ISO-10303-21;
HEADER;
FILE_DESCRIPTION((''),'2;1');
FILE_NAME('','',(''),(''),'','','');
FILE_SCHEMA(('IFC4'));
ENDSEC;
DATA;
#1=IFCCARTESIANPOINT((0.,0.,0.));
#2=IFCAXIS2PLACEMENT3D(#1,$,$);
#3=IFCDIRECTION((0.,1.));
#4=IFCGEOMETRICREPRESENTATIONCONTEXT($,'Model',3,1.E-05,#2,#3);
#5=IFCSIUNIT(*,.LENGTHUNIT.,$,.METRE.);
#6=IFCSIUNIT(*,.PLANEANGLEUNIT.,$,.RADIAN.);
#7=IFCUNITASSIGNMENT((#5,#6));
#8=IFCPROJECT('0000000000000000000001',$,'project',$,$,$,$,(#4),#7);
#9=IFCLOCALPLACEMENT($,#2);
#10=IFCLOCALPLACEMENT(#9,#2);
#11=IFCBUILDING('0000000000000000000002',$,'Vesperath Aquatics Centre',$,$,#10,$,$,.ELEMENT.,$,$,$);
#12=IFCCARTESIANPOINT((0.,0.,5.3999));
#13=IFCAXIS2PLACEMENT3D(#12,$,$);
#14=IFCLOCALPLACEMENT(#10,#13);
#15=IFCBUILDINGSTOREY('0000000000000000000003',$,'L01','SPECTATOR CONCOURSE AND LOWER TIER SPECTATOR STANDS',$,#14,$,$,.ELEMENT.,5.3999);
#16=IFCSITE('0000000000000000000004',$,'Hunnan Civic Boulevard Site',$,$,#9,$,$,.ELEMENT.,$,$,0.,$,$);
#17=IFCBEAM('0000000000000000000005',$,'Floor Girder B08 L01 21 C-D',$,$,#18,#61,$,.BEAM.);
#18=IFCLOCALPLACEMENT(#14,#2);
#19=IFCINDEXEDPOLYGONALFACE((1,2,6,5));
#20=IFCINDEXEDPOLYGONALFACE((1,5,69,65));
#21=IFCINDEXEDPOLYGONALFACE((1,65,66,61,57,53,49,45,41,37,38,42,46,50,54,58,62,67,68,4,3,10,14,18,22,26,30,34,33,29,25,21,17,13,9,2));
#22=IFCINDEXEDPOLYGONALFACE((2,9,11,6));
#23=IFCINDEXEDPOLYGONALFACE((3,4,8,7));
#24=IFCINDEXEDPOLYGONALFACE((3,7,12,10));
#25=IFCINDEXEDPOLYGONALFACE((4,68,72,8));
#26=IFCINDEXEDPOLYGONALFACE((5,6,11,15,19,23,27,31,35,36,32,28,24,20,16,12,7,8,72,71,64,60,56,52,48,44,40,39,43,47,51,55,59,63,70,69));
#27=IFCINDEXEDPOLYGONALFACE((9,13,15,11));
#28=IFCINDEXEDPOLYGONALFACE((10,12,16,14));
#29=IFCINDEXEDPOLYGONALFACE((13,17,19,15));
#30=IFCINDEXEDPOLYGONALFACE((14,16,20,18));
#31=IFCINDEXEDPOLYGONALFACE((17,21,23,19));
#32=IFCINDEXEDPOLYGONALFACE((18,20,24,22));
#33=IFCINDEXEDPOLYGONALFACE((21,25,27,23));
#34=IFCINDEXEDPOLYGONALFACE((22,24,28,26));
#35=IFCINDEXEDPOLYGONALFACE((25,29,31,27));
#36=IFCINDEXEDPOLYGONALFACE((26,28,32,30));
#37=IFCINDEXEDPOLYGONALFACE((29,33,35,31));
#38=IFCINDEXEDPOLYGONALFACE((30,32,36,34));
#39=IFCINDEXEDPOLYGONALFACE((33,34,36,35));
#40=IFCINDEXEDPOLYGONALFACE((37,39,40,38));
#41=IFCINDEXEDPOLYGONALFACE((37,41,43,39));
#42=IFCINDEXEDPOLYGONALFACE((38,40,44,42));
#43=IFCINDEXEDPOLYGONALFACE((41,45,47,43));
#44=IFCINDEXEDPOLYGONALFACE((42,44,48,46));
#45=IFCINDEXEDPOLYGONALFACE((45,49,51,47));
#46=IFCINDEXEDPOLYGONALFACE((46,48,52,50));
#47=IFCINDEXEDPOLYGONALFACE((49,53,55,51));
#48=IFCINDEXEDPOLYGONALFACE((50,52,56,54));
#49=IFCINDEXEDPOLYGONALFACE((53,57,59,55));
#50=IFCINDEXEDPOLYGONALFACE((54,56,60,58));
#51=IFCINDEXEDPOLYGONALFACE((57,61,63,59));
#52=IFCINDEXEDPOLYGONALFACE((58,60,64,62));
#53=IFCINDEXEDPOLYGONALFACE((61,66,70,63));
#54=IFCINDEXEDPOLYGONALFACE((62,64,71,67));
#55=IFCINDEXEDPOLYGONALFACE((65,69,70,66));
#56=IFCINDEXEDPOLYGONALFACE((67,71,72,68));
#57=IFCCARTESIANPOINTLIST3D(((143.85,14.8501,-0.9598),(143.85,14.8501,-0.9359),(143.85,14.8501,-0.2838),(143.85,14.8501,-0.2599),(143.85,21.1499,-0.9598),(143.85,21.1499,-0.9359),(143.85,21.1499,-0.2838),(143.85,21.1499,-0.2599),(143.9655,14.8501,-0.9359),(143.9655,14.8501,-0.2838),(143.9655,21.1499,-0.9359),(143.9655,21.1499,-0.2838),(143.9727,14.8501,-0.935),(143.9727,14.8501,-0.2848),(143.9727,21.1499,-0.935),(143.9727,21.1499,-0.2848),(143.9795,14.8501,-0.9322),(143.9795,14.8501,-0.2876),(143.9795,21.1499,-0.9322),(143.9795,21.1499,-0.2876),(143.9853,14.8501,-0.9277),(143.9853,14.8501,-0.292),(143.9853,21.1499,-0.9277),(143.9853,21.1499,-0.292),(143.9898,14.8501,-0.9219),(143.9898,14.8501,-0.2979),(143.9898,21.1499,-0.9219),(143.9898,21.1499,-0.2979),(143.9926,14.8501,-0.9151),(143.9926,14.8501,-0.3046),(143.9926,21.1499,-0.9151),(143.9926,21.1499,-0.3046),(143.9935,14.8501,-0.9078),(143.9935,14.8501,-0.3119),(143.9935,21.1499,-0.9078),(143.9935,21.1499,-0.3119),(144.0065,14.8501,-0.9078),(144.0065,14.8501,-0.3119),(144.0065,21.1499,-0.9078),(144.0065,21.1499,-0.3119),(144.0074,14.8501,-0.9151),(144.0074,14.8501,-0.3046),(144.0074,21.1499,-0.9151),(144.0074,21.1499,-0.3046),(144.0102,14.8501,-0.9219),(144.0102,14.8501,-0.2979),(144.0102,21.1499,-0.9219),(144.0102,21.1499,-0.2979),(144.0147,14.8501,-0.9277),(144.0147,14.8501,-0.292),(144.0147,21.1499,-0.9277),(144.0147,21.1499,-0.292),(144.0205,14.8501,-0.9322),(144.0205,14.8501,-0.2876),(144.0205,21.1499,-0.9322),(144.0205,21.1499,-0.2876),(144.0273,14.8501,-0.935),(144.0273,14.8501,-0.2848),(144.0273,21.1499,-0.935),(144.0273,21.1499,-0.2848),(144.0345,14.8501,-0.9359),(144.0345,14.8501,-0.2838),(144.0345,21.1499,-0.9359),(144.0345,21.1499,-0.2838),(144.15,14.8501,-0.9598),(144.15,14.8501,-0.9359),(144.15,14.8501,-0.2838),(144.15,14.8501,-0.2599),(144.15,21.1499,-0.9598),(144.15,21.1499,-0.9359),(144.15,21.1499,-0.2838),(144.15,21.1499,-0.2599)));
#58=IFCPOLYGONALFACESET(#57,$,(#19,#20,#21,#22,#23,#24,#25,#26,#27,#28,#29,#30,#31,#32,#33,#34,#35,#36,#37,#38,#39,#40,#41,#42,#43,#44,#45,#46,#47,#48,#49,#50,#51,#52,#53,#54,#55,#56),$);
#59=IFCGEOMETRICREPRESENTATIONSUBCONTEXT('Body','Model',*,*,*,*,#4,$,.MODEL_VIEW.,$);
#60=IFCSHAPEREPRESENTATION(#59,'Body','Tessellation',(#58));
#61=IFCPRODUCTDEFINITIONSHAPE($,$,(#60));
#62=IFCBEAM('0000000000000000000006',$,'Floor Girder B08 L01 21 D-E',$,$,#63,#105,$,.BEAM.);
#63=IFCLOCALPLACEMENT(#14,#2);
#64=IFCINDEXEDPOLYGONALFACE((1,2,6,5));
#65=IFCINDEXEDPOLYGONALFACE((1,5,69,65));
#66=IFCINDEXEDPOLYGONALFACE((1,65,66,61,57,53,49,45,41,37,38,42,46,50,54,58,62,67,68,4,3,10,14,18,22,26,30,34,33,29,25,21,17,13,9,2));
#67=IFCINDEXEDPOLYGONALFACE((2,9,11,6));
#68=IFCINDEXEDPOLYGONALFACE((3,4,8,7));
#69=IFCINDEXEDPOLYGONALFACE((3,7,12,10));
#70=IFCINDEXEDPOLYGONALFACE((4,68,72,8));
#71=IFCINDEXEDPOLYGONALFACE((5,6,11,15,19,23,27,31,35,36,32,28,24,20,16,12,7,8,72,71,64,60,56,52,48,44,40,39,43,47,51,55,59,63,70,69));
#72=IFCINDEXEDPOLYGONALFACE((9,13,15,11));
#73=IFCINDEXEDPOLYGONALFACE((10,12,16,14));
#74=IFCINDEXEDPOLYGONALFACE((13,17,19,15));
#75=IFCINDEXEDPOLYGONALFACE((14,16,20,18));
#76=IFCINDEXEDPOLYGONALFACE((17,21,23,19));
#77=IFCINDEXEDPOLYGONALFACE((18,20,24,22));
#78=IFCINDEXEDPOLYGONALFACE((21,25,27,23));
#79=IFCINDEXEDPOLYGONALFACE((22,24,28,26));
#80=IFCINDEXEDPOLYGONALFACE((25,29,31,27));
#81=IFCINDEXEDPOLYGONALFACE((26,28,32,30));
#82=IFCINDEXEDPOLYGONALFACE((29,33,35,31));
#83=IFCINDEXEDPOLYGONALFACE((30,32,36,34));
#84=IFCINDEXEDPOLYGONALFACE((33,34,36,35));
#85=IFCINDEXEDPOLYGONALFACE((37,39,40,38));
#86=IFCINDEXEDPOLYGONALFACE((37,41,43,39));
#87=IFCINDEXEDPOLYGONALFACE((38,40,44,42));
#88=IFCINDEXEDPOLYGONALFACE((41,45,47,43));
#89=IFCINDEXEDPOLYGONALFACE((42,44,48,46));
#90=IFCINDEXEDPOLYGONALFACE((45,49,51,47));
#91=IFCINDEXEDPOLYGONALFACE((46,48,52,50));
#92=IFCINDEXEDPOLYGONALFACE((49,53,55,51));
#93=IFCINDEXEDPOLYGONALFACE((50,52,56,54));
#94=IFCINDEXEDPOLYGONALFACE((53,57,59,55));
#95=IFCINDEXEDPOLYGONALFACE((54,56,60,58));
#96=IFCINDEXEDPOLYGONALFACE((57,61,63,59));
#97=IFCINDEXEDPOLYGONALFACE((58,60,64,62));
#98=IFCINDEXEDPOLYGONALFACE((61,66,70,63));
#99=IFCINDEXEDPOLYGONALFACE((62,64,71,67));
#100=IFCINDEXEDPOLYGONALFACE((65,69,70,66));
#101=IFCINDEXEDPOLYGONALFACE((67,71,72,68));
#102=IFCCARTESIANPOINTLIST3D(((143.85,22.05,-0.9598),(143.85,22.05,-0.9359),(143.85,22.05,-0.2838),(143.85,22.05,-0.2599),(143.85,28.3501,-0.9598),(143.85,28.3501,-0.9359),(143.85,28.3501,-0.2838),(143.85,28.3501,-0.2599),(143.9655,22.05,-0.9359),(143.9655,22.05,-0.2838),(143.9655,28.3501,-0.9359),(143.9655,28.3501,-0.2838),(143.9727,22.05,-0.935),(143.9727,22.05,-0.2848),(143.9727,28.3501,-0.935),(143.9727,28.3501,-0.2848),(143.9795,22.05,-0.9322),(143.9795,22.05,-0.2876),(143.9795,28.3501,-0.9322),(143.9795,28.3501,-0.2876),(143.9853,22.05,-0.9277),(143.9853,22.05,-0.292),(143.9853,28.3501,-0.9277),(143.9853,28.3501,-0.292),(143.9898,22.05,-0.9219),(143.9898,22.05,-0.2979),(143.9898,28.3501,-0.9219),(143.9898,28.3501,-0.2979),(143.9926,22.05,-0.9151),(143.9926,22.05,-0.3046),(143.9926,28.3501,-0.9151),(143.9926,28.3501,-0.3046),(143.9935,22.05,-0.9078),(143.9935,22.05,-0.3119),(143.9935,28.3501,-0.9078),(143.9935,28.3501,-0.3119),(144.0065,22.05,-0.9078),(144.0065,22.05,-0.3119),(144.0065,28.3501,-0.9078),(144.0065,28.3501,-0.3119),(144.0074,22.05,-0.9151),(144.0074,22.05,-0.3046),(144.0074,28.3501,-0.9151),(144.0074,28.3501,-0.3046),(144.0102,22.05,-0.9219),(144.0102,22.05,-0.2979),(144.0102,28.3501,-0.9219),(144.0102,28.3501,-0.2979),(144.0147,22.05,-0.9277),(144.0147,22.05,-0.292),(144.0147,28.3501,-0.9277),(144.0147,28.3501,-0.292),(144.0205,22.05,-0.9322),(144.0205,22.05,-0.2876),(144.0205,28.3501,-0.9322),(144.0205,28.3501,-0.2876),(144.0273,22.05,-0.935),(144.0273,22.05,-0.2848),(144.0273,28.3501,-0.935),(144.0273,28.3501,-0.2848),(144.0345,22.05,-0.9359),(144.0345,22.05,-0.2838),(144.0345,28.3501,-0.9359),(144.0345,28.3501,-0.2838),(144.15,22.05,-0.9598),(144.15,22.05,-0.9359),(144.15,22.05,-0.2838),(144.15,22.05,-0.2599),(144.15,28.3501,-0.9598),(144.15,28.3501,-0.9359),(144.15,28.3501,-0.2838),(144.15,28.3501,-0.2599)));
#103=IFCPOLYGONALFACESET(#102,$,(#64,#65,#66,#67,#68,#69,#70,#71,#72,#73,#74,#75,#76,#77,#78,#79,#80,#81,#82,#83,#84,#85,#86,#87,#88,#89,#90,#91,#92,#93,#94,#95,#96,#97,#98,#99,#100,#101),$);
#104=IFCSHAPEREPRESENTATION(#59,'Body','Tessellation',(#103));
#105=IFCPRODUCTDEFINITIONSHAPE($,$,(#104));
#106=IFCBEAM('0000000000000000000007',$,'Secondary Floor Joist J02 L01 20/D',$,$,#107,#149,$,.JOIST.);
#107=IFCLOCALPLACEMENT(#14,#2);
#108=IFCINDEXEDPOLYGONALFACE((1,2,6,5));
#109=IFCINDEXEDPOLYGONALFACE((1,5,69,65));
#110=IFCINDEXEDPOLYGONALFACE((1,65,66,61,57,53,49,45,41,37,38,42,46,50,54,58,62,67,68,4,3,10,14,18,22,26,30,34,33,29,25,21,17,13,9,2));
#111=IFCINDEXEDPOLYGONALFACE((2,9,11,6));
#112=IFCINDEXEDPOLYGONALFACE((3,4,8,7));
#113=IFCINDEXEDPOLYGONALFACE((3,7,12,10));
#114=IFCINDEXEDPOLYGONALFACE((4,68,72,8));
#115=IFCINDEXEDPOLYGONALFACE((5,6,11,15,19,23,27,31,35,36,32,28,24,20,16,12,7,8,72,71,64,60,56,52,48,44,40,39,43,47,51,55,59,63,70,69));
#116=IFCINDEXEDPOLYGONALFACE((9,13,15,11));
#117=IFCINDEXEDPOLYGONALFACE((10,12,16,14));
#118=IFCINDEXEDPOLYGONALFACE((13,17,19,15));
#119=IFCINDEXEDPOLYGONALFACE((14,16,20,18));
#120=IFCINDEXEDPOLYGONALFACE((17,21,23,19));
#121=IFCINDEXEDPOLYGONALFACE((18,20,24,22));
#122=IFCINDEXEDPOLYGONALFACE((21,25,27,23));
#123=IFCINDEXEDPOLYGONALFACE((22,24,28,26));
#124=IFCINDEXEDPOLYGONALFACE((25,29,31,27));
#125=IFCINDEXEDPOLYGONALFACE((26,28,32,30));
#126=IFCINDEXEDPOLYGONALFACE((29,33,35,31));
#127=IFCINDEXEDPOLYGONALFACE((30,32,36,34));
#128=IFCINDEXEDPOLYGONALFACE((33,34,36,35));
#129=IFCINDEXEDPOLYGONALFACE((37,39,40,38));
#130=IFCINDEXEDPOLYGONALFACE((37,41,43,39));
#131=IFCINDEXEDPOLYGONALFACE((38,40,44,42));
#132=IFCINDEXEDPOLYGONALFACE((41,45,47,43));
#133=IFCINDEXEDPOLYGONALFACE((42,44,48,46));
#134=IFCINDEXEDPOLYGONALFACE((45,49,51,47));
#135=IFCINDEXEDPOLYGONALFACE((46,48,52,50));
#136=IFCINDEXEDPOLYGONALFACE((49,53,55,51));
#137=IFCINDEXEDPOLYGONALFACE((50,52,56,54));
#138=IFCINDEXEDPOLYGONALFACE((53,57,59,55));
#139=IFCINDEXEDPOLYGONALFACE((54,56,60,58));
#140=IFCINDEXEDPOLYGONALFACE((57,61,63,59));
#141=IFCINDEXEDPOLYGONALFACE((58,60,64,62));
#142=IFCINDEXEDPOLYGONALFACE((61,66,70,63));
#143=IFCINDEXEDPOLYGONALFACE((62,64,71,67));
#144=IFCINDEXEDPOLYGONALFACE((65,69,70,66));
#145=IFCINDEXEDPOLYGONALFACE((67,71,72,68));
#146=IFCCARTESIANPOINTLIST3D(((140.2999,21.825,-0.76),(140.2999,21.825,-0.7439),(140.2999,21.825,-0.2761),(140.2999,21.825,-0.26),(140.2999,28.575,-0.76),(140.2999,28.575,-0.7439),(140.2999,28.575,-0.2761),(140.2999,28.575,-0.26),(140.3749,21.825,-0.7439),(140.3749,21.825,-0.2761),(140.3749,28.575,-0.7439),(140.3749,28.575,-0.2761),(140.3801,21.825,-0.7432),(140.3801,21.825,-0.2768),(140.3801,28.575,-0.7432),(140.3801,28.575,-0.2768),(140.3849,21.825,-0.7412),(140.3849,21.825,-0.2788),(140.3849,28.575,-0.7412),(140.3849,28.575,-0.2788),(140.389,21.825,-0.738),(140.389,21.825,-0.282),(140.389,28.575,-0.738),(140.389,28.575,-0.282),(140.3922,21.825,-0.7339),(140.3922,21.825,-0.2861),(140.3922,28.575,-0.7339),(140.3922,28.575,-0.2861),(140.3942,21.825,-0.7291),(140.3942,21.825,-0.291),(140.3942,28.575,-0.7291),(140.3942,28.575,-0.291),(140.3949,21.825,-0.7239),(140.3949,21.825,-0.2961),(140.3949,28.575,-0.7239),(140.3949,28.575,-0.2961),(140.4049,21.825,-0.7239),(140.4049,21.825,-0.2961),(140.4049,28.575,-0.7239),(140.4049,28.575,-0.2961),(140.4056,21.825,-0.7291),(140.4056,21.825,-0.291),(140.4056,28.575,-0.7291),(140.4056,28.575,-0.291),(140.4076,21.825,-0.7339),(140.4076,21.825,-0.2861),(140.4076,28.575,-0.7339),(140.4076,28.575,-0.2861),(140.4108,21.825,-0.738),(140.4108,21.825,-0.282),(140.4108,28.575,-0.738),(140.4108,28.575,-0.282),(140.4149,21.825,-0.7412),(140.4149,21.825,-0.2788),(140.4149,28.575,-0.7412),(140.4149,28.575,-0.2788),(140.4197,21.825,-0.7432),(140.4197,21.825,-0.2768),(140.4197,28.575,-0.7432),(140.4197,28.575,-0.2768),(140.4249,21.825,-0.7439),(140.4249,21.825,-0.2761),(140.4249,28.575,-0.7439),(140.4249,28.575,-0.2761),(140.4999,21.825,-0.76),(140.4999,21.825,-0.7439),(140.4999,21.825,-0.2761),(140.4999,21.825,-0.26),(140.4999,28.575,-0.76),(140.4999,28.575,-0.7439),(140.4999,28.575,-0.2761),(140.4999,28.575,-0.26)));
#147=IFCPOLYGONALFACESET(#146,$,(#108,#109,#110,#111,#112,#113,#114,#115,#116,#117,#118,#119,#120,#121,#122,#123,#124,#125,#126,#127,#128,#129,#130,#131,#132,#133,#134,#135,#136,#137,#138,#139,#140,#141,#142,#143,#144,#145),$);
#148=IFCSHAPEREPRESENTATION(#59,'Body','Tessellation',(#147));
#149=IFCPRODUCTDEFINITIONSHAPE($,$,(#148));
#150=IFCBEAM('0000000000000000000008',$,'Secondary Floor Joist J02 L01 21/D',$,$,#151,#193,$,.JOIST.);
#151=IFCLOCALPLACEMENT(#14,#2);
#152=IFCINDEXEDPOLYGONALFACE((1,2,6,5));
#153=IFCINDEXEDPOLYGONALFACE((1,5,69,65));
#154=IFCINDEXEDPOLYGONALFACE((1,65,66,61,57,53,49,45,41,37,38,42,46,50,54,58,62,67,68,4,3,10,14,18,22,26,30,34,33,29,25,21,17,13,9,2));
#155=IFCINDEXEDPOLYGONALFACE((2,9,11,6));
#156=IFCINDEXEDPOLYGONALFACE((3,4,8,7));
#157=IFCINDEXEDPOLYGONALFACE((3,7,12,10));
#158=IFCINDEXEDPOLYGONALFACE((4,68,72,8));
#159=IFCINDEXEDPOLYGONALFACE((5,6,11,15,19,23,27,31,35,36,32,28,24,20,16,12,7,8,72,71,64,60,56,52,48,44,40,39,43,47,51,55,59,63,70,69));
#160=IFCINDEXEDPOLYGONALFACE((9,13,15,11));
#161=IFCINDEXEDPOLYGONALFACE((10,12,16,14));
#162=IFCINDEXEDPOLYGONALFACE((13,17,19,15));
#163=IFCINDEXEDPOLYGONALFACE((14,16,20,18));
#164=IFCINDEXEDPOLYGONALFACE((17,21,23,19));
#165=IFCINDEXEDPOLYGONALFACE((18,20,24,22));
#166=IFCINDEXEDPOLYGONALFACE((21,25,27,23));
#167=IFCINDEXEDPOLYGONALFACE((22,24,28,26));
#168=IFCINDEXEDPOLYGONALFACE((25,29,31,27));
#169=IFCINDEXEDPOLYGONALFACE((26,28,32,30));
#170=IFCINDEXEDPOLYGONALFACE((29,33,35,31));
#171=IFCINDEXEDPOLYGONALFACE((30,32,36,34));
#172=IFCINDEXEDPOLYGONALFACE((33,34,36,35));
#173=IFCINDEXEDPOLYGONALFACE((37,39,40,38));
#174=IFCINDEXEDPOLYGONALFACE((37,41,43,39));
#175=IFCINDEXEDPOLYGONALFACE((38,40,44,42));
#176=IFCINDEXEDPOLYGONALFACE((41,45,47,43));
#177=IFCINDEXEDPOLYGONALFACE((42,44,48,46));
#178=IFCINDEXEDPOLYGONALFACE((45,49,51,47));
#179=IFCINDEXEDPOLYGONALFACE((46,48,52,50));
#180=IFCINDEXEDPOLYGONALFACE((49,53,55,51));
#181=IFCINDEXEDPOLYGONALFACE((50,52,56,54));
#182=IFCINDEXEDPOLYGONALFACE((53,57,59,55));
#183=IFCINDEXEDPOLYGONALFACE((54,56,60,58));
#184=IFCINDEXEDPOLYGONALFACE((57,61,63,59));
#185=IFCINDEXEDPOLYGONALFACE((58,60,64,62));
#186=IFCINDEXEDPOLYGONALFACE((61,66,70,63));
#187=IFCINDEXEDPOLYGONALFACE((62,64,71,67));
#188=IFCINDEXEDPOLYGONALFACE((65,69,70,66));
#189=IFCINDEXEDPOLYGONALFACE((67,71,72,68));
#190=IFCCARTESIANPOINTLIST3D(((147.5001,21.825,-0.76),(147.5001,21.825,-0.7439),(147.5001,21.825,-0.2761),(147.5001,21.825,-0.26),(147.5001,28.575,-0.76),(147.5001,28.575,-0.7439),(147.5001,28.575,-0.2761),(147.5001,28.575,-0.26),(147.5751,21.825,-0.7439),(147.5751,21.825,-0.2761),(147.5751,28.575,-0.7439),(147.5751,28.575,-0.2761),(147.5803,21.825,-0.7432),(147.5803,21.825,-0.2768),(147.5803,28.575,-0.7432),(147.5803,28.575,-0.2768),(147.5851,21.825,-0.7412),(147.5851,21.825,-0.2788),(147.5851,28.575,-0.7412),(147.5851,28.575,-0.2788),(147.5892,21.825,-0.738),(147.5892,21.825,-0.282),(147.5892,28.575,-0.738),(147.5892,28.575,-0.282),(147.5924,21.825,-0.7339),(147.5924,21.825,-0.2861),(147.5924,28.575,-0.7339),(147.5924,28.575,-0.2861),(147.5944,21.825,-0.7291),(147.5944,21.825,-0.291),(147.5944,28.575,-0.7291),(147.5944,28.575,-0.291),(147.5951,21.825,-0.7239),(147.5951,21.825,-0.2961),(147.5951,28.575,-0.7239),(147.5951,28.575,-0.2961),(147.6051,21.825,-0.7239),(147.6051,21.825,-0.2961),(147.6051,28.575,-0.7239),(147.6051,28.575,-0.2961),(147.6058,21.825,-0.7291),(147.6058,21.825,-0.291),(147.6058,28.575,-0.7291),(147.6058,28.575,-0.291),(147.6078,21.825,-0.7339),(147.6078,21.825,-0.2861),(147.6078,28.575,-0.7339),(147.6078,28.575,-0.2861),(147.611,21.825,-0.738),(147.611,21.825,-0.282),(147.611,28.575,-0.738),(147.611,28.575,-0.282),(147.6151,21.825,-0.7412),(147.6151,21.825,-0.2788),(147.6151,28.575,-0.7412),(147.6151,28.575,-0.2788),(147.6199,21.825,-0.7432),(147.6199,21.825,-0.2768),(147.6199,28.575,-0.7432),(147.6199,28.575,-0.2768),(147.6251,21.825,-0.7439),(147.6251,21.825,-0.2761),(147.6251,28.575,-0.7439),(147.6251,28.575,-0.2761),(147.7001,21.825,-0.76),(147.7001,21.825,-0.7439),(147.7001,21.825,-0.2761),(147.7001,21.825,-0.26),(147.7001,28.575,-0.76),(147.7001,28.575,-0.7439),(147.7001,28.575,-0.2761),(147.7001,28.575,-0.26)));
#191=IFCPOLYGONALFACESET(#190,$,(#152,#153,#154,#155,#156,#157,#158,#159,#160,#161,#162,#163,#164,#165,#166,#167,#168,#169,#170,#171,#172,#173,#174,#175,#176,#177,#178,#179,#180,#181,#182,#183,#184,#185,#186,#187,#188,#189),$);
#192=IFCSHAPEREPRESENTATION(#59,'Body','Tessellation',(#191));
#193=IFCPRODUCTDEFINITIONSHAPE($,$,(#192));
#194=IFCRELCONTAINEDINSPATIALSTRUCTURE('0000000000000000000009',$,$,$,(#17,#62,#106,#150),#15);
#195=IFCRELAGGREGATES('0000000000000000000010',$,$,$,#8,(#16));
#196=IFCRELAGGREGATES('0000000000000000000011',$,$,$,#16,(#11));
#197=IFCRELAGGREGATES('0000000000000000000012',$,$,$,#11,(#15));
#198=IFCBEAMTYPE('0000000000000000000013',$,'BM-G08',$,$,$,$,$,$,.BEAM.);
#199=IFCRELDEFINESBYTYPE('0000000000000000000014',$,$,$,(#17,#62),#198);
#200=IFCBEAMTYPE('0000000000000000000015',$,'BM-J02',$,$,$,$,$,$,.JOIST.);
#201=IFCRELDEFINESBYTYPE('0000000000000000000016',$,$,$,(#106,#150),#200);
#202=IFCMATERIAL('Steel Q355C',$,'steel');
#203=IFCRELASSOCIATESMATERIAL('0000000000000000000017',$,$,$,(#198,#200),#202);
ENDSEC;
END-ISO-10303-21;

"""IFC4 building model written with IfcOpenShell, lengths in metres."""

from ifc_helpers import new_model, si_unit, direction, frame, origin, origin_2d, place, context, subcontext, project, spatial, i_section, extrude, material, material_profile, profile_set, type_object, element, save


model = new_model("IFC4")

# Units and contexts
model_context = context("Model", 3, precision=1e-05, world=origin(), true_north=direction((0.0, 1.0)))
body_context = subcontext(model_context, "Body", "Model", "MODEL_VIEW")
ifc_project = project(units=[si_unit("LENGTHUNIT", "METRE"), si_unit("PLANEANGLEUNIT", "RADIAN")], contexts=[model_context])

# Site, building, storey
site_placement = place(None, origin())
site = spatial("IfcSite", under=ifc_project, at=site_placement, Name="Hunnan Civic Boulevard Site", CompositionType="ELEMENT", RefElevation=0.0)
building_placement = place(site_placement, origin())
building = spatial("IfcBuilding", under=site, at=building_placement, Name="Vesperath Aquatics Centre", CompositionType="ELEMENT")
storey_placement = place(building_placement, frame((0.0, 0.0, 5.3999)))
storey = spatial("IfcBuildingStorey", under=building, at=storey_placement, Name="L01", Description="SPECTATOR CONCOURSE AND LOWER TIER SPECTATOR STANDS", CompositionType="ELEMENT", Elevation=5.3999)

# Beams
ifc_material_1 = material(Name="Steel Q355C", Category="steel")
ifc_material_profile_1 = material_profile(ifc_material_1, i_section(OverallWidth=0.3, OverallDepth=0.7, WebThickness=0.0129, FlangeThickness=0.0239, FilletRadius=0.0281, at=origin_2d()), Name="HN 700x300x13x24")
ifc_profile_set_1 = profile_set([ifc_material_profile_1], Name="Steel Q355C")
beam_type_1 = type_object("IfcBeamType", Name="BM-G08", PredefinedType="BEAM", material=ifc_profile_set_1)
beam_1_placement = place(storey_placement, frame((144.0, 14.8501, -0.6099), z_axis=(0.0, 1.0, 0.0), x_axis=(-1.0, 0.0, 0.0)))
element("IfcBeam", 1, at=beam_1_placement, inside=storey, type_object=beam_type_1, Name="Floor Girder B08 L01 21 C-D", PredefinedType="BEAM", context=body_context, shape_type="SweptSolid", body=[
    extrude(i_section(OverallWidth=0.3, OverallDepth=0.7, WebThickness=0.0129, FlangeThickness=0.0239, FilletRadius=0.0281, at=origin_2d()), origin(), (0.0, 0.0, 1.0), 6.2998),
])
beam_2_placement = place(storey_placement, frame((144.0, 22.05, -0.6099), z_axis=(0.0, 1.0, 0.0), x_axis=(-1.0, 0.0, 0.0)))
element("IfcBeam", 2, at=beam_2_placement, inside=storey, type_object=beam_type_1, Name="Floor Girder B08 L01 21 D-E", PredefinedType="BEAM", context=body_context, shape_type="SweptSolid", body=[
    extrude(i_section(OverallWidth=0.3, OverallDepth=0.7, WebThickness=0.0129, FlangeThickness=0.0239, FilletRadius=0.0281, at=origin_2d()), origin(), (0.0, 0.0, 1.0), 6.3),
])
ifc_material_profile_2 = material_profile(ifc_material_1, i_section(OverallWidth=0.2, OverallDepth=0.5, WebThickness=0.01, FlangeThickness=0.0161, FilletRadius=0.02, at=origin_2d()), Name="HN 500x200x10x16")
ifc_profile_set_2 = profile_set([ifc_material_profile_2], Name="Steel Q355C")
beam_type_2 = type_object("IfcBeamType", Name="BM-J02", PredefinedType="JOIST", material=ifc_profile_set_2)
for number, where, z_axis, x_axis, name in (
    (3, (140.3999, 21.825, -0.51), (0.0, 1.0, 0.0), (-1.0, 0.0, 0.0), "Secondary Floor Joist J02 L01 20/D"),
    (4, (147.6001, 21.825, -0.51), (0.0, 1.0, 0.0), (-1.0, 0.0, 0.0), "Secondary Floor Joist J02 L01 21/D"),
):
    element("IfcBeam", number, at=place(storey_placement, frame(where, z_axis=z_axis, x_axis=x_axis)), inside=storey, type_object=beam_type_2, Name=name, PredefinedType="JOIST", context=body_context, shape_type="SweptSolid", body=[
        extrude(i_section(OverallWidth=0.2, OverallDepth=0.5, WebThickness=0.01, FlangeThickness=0.0161, FilletRadius=0.02, at=origin_2d()), origin(), (0.0, 0.0, 1.0), 6.75),
    ])

save(model, "model.ifc")
